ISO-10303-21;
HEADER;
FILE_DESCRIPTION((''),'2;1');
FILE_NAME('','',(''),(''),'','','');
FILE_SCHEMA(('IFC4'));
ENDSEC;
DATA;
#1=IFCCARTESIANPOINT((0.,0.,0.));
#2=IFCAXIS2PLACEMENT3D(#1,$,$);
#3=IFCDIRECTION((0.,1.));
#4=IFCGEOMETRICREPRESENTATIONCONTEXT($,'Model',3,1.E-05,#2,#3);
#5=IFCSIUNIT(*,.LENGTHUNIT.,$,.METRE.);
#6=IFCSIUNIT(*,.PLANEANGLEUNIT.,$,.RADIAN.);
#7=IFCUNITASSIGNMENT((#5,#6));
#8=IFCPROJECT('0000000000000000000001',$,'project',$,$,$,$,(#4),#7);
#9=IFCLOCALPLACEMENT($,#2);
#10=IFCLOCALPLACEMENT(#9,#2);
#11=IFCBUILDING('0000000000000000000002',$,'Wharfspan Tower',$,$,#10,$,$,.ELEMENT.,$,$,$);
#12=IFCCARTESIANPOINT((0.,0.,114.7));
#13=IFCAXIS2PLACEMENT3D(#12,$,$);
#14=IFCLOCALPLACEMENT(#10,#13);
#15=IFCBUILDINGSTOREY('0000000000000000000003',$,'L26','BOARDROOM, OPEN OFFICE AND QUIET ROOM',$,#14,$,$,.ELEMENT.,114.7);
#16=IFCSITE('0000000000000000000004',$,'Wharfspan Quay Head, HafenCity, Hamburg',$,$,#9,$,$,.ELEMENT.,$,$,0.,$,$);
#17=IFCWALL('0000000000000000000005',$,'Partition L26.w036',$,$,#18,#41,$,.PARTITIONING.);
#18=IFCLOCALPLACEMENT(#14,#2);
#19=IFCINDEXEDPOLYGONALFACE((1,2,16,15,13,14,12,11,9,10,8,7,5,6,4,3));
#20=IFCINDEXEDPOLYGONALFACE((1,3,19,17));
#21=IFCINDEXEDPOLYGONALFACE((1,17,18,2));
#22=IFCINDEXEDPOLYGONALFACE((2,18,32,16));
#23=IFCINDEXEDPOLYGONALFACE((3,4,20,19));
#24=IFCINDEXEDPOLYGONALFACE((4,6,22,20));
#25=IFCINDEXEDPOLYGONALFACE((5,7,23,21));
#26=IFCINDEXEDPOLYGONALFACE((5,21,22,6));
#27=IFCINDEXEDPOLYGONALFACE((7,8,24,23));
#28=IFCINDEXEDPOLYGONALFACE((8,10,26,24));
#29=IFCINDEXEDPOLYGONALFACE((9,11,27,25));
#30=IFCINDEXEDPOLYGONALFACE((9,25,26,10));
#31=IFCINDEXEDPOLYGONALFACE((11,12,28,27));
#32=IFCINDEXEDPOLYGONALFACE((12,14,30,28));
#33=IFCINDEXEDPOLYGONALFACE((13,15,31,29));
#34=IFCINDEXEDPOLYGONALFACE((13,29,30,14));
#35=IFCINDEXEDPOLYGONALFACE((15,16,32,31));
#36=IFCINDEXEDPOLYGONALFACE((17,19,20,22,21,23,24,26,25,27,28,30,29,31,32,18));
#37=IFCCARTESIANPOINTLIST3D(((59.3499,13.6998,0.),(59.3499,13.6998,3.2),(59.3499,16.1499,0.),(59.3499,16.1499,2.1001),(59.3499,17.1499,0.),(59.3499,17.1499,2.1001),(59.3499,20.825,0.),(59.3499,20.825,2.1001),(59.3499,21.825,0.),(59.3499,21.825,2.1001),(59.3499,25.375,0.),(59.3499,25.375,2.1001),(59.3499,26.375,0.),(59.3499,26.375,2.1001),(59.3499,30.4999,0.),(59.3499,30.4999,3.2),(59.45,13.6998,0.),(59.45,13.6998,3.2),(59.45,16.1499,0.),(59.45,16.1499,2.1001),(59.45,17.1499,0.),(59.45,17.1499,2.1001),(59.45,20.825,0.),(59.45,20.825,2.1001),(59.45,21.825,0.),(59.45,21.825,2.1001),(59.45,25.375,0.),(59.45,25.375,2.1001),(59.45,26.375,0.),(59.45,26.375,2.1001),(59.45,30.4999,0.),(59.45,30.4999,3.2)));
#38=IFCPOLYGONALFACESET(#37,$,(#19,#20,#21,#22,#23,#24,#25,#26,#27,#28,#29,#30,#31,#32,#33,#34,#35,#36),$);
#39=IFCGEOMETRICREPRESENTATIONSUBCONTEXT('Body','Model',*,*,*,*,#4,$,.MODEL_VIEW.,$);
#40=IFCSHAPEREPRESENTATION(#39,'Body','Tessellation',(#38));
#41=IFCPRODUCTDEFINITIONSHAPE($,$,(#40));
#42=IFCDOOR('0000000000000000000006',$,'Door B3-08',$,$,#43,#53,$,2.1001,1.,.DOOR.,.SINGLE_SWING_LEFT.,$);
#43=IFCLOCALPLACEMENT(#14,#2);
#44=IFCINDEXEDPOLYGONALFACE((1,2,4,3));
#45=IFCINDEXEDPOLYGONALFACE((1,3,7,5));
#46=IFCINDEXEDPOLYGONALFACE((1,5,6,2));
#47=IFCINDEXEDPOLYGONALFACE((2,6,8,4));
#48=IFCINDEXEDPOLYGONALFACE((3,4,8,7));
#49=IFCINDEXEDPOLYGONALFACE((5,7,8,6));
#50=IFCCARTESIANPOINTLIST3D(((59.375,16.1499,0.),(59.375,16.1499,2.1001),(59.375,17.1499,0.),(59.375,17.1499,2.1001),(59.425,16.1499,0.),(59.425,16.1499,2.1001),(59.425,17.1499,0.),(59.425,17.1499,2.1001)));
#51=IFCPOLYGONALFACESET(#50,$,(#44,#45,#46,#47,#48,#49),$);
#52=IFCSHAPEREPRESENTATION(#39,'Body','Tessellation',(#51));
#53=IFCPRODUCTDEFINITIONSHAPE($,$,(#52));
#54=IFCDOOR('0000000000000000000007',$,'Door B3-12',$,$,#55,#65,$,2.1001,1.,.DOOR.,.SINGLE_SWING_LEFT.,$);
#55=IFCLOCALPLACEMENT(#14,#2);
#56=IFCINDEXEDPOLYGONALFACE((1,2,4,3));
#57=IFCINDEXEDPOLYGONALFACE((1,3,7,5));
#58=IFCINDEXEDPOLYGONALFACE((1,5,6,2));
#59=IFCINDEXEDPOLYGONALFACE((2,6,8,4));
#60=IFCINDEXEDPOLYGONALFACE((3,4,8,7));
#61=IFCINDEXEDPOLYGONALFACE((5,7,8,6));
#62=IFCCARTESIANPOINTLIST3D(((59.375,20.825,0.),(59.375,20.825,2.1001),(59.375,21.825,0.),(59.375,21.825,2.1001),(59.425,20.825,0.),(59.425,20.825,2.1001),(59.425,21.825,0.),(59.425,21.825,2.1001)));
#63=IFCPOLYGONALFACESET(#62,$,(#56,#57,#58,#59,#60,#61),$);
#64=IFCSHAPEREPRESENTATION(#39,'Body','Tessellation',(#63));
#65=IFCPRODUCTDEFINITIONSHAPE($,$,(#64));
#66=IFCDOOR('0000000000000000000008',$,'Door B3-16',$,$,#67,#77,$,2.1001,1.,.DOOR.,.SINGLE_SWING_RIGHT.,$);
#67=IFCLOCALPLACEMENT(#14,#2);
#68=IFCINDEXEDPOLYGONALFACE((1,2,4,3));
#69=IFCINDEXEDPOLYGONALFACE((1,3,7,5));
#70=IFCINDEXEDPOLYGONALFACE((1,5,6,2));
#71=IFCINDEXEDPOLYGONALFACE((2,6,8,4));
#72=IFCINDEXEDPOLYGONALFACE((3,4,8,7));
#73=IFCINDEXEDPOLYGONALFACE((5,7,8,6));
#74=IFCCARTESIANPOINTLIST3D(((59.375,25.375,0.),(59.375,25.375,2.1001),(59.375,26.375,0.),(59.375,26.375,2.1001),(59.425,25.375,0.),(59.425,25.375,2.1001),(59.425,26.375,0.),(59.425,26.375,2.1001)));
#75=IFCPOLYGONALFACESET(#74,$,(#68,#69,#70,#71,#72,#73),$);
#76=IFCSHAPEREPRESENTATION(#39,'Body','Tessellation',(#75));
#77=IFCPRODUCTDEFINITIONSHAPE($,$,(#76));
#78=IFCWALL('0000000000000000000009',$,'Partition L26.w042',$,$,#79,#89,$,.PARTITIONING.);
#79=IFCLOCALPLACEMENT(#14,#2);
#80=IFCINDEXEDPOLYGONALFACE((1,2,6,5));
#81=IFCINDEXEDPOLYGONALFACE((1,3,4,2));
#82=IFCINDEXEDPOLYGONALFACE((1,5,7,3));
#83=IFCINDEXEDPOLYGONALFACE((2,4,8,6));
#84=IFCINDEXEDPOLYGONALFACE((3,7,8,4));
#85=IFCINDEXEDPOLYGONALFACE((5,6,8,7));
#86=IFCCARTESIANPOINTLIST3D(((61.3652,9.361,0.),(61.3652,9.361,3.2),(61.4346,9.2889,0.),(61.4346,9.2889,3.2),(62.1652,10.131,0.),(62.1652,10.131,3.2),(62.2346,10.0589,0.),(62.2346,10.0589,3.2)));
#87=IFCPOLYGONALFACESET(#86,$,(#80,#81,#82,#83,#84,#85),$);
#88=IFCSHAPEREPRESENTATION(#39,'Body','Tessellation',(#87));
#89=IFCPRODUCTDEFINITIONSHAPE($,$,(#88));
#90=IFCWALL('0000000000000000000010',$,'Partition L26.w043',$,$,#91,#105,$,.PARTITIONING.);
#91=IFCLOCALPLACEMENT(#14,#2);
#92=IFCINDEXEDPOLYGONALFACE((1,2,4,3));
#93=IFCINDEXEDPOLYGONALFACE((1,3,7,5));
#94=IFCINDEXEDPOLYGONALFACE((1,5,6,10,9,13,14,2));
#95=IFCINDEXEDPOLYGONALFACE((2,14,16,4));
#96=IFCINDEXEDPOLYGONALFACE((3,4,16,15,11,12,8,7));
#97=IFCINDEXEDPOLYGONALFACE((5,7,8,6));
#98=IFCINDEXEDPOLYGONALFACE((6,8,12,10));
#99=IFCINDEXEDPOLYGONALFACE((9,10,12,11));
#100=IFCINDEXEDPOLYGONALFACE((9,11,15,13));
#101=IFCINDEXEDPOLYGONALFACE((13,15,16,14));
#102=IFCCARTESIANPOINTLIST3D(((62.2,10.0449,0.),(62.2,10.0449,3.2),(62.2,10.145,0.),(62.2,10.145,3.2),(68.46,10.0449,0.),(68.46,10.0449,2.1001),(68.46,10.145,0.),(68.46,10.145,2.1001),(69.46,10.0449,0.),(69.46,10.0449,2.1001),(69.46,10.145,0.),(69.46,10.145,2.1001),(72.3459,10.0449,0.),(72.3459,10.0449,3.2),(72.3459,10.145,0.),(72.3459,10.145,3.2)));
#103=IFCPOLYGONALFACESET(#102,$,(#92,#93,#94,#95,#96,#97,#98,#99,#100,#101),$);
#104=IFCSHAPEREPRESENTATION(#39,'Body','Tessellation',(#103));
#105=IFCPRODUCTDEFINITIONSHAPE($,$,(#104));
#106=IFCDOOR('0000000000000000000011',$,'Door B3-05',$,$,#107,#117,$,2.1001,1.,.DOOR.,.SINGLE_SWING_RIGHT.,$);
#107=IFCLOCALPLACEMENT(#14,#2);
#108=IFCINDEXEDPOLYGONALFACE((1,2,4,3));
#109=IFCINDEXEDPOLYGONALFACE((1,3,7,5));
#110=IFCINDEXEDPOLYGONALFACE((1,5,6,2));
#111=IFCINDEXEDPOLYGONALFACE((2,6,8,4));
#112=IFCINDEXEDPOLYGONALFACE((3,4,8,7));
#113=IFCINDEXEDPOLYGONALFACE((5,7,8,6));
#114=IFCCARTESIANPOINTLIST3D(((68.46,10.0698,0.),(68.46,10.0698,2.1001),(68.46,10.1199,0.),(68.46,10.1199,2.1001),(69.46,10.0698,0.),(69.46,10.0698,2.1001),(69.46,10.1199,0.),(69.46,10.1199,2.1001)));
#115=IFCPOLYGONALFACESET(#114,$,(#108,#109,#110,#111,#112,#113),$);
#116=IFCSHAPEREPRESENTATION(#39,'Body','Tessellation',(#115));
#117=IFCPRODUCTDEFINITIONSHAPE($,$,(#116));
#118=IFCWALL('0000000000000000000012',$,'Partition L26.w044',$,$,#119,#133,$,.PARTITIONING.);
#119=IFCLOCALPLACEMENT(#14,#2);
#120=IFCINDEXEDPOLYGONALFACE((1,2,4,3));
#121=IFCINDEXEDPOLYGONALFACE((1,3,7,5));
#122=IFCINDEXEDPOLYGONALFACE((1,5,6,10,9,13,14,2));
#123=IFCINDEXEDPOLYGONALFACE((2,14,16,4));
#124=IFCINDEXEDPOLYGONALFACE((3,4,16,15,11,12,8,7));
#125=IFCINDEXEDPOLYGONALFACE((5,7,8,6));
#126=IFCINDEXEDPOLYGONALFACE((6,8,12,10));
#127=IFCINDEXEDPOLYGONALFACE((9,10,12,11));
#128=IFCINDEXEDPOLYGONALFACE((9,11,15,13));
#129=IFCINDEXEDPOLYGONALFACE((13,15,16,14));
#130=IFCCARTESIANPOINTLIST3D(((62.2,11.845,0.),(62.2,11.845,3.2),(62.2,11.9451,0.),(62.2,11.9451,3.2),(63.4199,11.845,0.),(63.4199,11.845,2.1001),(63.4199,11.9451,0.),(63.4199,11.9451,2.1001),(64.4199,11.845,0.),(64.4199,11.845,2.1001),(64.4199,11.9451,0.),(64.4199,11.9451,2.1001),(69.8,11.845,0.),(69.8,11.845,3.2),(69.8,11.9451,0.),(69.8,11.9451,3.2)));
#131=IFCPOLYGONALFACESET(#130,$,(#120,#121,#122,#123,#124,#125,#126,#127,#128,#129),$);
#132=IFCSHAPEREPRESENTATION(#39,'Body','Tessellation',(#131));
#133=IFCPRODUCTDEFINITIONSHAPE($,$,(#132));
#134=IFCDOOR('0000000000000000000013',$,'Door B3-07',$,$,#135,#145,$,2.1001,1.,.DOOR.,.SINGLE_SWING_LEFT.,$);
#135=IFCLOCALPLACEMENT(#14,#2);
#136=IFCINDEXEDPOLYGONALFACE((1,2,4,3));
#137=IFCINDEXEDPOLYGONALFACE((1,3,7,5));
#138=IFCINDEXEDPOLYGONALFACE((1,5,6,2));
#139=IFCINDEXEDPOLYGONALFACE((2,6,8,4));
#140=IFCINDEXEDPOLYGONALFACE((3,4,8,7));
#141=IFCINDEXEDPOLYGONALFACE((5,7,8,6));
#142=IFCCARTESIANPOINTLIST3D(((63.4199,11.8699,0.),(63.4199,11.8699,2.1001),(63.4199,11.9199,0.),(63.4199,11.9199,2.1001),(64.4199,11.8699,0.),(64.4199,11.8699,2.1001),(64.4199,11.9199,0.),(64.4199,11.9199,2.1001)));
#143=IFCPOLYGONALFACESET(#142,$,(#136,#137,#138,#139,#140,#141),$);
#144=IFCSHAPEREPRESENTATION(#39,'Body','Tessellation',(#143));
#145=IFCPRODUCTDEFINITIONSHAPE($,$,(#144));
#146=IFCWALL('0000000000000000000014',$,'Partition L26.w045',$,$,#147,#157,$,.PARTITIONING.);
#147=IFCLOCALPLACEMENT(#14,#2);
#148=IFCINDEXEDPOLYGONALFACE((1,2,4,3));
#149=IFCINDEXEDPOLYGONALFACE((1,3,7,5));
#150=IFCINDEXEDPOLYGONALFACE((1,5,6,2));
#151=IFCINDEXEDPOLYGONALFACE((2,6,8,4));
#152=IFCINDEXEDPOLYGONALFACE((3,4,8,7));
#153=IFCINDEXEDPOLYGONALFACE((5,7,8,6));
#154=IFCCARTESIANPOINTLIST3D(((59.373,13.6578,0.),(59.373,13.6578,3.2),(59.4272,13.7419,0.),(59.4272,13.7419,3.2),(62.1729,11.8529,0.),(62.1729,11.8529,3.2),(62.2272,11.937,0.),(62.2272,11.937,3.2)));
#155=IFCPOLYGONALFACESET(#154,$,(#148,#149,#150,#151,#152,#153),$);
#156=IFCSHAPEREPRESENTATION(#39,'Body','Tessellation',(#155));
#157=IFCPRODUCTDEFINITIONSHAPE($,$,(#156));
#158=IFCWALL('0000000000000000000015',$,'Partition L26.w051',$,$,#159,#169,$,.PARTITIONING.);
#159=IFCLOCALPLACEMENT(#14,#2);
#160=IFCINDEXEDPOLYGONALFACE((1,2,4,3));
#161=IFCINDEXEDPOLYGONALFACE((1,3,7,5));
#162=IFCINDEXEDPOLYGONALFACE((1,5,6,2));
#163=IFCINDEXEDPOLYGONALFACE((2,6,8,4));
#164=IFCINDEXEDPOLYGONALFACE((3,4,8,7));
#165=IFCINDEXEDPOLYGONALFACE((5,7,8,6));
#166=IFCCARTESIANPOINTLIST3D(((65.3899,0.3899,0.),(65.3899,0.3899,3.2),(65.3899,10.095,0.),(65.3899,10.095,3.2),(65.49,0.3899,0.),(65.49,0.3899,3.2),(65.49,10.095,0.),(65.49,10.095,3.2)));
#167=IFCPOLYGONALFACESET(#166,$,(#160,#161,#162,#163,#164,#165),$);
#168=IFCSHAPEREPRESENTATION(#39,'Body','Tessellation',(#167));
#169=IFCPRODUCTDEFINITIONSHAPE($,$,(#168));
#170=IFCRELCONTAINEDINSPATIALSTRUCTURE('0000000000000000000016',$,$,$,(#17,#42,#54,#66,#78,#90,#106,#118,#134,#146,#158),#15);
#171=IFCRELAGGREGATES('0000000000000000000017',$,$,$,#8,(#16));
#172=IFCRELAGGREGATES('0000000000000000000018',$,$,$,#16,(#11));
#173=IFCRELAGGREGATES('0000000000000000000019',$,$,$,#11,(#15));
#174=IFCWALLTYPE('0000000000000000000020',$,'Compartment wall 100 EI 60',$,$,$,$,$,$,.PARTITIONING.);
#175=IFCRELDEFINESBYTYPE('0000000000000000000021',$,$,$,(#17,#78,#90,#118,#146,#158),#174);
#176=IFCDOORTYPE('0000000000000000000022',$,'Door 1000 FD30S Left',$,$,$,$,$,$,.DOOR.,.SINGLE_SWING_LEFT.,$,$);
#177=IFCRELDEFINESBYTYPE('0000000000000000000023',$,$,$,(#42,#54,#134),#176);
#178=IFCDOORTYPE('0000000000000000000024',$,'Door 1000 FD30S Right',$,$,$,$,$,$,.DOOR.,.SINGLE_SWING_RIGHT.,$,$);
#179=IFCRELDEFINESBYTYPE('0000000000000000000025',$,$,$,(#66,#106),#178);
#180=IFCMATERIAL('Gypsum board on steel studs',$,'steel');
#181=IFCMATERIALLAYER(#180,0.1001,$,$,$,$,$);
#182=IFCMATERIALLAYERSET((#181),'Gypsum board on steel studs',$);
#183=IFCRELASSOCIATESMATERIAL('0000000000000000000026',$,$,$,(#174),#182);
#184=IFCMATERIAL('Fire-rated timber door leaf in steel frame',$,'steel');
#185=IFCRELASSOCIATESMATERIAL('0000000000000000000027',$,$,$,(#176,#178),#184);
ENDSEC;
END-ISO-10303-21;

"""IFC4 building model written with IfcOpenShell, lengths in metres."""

from ifc_helpers import new_model, si_unit, direction, frame, frame_2d, origin, place, context, subcontext, project, spatial, rectangle, extrude, material, layer, layer_set, type_object, element, fill, save


model = new_model("IFC4")

# Units and contexts
model_context = context("Model", 3, precision=1e-05, world=origin(), true_north=direction((0.0, 1.0)))
body_context = subcontext(model_context, "Body", "Model", "MODEL_VIEW")
ifc_project = project(units=[si_unit("LENGTHUNIT", "METRE"), si_unit("PLANEANGLEUNIT", "RADIAN")], contexts=[model_context])

# Site, building, storey
site_placement = place(None, origin())
site = spatial("IfcSite", under=ifc_project, at=site_placement, Name="Wharfspan Quay Head, HafenCity, Hamburg", CompositionType="ELEMENT", RefElevation=0.0)
building_placement = place(site_placement, origin())
building = spatial("IfcBuilding", under=site, at=building_placement, Name="Wharfspan Tower", CompositionType="ELEMENT")
storey_placement = place(building_placement, frame((0.0, 0.0, 114.7)))
storey = spatial("IfcBuildingStorey", under=building, at=storey_placement, Name="L26", Description="BOARDROOM, OPEN OFFICE AND QUIET ROOM", CompositionType="ELEMENT", Elevation=114.7)

# Wall, openings, doors
ifc_material_1 = material(Name="Gypsum board on steel studs", Category="steel")
ifc_layer_1 = layer(ifc_material_1, 0.1001)
ifc_layer_set_1 = layer_set([ifc_layer_1], Name="Gypsum board on steel studs")
wall_type_1 = type_object("IfcWallType", Name="Compartment wall 100 EI 60", PredefinedType="PARTITIONING", material=ifc_layer_set_1)
wall_1_placement = place(storey_placement, frame((59.3999, 13.7, 0.0), z_axis=(0.0, 0.0, 1.0), x_axis=(0.0, 1.0, 0.0)))
wall_1 = element("IfcWall", 1, at=wall_1_placement, inside=storey, type_object=wall_type_1, Name="Partition L26.w036", PredefinedType="PARTITIONING", context=body_context, shape_type="SweptSolid", body=[
    extrude(rectangle(XDim=16.8, YDim=0.1001, at=frame_2d((8.3999, 0.0))), origin(), (0.0, 0.0, 1.0), 3.2),
])
opening_1_placement = place(wall_1_placement, frame((2.45, 0.0, 0.0)))
opening_1 = element("IfcOpeningElement", 2, at=opening_1_placement, cuts=wall_1, PredefinedType="OPENING", context=body_context, shape_type="SweptSolid", body=[
    extrude(rectangle(XDim=1.0, YDim=2.1001, at=frame_2d((0.5, 1.05))), frame((0.0, 0.0601, 0.0), z_axis=(0.0, -1.0, 0.0), x_axis=(1.0, 0.0, 0.0)), (0.0, 0.0, 1.0), 0.1201),
])
opening_2_placement = place(wall_1_placement, frame((7.125, 0.0, 0.0)))
opening_2 = element("IfcOpeningElement", 3, at=opening_2_placement, cuts=wall_1, PredefinedType="OPENING", context=body_context, shape_type="SweptSolid", body=[
    extrude(rectangle(XDim=1.0, YDim=2.1001, at=frame_2d((0.5, 1.05))), frame((0.0, 0.0601, 0.0), z_axis=(0.0, -1.0, 0.0), x_axis=(1.0, 0.0, 0.0)), (0.0, 0.0, 1.0), 0.1201),
])
opening_3_placement = place(wall_1_placement, frame((11.675, 0.0, 0.0)))
opening_3 = element("IfcOpeningElement", 4, at=opening_3_placement, cuts=wall_1, PredefinedType="OPENING", context=body_context, shape_type="SweptSolid", body=[
    extrude(rectangle(XDim=1.0, YDim=2.1001, at=frame_2d((0.5, 1.05))), frame((0.0, 0.0601, 0.0), z_axis=(0.0, -1.0, 0.0), x_axis=(1.0, 0.0, 0.0)), (0.0, 0.0, 1.0), 0.1201),
])
ifc_material_2 = material(Name="Fire-rated timber door leaf in steel frame", Category="steel")
door_type_1 = type_object("IfcDoorType", Name="Door 1000 FD30S Left", OperationType="SINGLE_SWING_LEFT", PredefinedType="DOOR", material=ifc_material_2)
door_1_placement = place(opening_1_placement, origin())
door_1 = element("IfcDoor", 5, at=door_1_placement, inside=storey, type_object=door_type_1, Name="Door B3-08", OperationType="SINGLE_SWING_LEFT", OverallHeight=2.1001, OverallWidth=1.0, PredefinedType="DOOR", context=body_context, shape_type="SweptSolid", body=[
    extrude(rectangle(XDim=1.0, YDim=2.1001, at=frame_2d((0.5, 1.05))), frame((0.0, 0.0249, 0.0), z_axis=(0.0, -1.0, 0.0), x_axis=(1.0, 0.0, 0.0)), (0.0, 0.0, 1.0), 0.05),
])
fill(opening_1, door_1)
door_2_placement = place(opening_2_placement, origin())
door_2 = element("IfcDoor", 6, at=door_2_placement, inside=storey, type_object=door_type_1, Name="Door B3-12", OperationType="SINGLE_SWING_LEFT", OverallHeight=2.1001, OverallWidth=1.0, PredefinedType="DOOR", context=body_context, shape_type="SweptSolid", body=[
    extrude(rectangle(XDim=1.0, YDim=2.1001, at=frame_2d((0.5, 1.05))), frame((0.0, 0.0249, 0.0), z_axis=(0.0, -1.0, 0.0), x_axis=(1.0, 0.0, 0.0)), (0.0, 0.0, 1.0), 0.05),
])
fill(opening_2, door_2)
door_type_2 = type_object("IfcDoorType", Name="Door 1000 FD30S Right", OperationType="SINGLE_SWING_RIGHT", PredefinedType="DOOR", material=ifc_material_2)
door_3_placement = place(opening_3_placement, origin())
door_3 = element("IfcDoor", 7, at=door_3_placement, inside=storey, type_object=door_type_2, Name="Door B3-16", OperationType="SINGLE_SWING_RIGHT", OverallHeight=2.1001, OverallWidth=1.0, PredefinedType="DOOR", context=body_context, shape_type="SweptSolid", body=[
    extrude(rectangle(XDim=1.0, YDim=2.1001, at=frame_2d((0.5, 1.05))), frame((0.0, 0.0249, 0.0), z_axis=(0.0, -1.0, 0.0), x_axis=(1.0, 0.0, 0.0)), (0.0, 0.0, 1.0), 0.05),
])
fill(opening_3, door_3)

# Wall
wall_2_placement = place(storey_placement, frame((61.3999, 9.325, 0.0), z_axis=(0.0, 0.0, 1.0), x_axis=(0.720495, 0.693452, 0.0)))
element("IfcWall", 8, at=wall_2_placement, inside=storey, type_object=wall_type_1, Name="Partition L26.w042", PredefinedType="PARTITIONING", context=body_context, shape_type="SweptSolid", body=[
    extrude(rectangle(XDim=1.1104, YDim=0.1001, at=frame_2d((0.5552, 0.0))), origin(), (0.0, 0.0, 1.0), 3.2),
])

# Walls, openings, doors
wall_3_placement = place(storey_placement, frame((62.2, 10.095, 0.0), z_axis=(0.0, 0.0, 1.0), x_axis=(1.0, 0.0, 0.0)))
wall_3 = element("IfcWall", 9, at=wall_3_placement, inside=storey, type_object=wall_type_1, Name="Partition L26.w043", PredefinedType="PARTITIONING", context=body_context, shape_type="SweptSolid", body=[
    extrude(rectangle(XDim=10.146, YDim=0.1001, at=frame_2d((5.073, 0.0))), origin(), (0.0, 0.0, 1.0), 3.2),
])
opening_4_placement = place(wall_3_placement, frame((6.26, 0.0, 0.0)))
opening_4 = element("IfcOpeningElement", 10, at=opening_4_placement, cuts=wall_3, PredefinedType="OPENING", context=body_context, shape_type="SweptSolid", body=[
    extrude(rectangle(XDim=1.0, YDim=2.1001, at=frame_2d((0.5, 1.05))), frame((0.0, 0.0601, 0.0), z_axis=(0.0, -1.0, 0.0), x_axis=(1.0, 0.0, 0.0)), (0.0, 0.0, 1.0), 0.1201),
])
door_4_placement = place(opening_4_placement, origin())
door_4 = element("IfcDoor", 11, at=door_4_placement, inside=storey, type_object=door_type_2, Name="Door B3-05", OperationType="SINGLE_SWING_RIGHT", OverallHeight=2.1001, OverallWidth=1.0, PredefinedType="DOOR", context=body_context, shape_type="SweptSolid", body=[
    extrude(rectangle(XDim=1.0, YDim=2.1001, at=frame_2d((0.5, 1.05))), frame((0.0, 0.0249, 0.0), z_axis=(0.0, -1.0, 0.0), x_axis=(1.0, 0.0, 0.0)), (0.0, 0.0, 1.0), 0.05),
])
fill(opening_4, door_4)
wall_4_placement = place(storey_placement, frame((62.2, 11.895, 0.0), z_axis=(0.0, 0.0, 1.0), x_axis=(1.0, 0.0, 0.0)))
wall_4 = element("IfcWall", 12, at=wall_4_placement, inside=storey, type_object=wall_type_1, Name="Partition L26.w044", PredefinedType="PARTITIONING", context=body_context, shape_type="SweptSolid", body=[
    extrude(rectangle(XDim=7.6001, YDim=0.1001, at=frame_2d((3.8, 0.0))), origin(), (0.0, 0.0, 1.0), 3.2),
])
opening_5_placement = place(wall_4_placement, frame((1.22, 0.0, 0.0)))
opening_5 = element("IfcOpeningElement", 13, at=opening_5_placement, cuts=wall_4, PredefinedType="OPENING", context=body_context, shape_type="SweptSolid", body=[
    extrude(rectangle(XDim=1.0, YDim=2.1001, at=frame_2d((0.5, 1.05))), frame((0.0, 0.0601, 0.0), z_axis=(0.0, -1.0, 0.0), x_axis=(1.0, 0.0, 0.0)), (0.0, 0.0, 1.0), 0.1201),
])
door_5_placement = place(opening_5_placement, origin())
door_5 = element("IfcDoor", 14, at=door_5_placement, inside=storey, type_object=door_type_1, Name="Door B3-07", OperationType="SINGLE_SWING_LEFT", OverallHeight=2.1001, OverallWidth=1.0, PredefinedType="DOOR", context=body_context, shape_type="SweptSolid", body=[
    extrude(rectangle(XDim=1.0, YDim=2.1001, at=frame_2d((0.5, 1.05))), frame((0.0, 0.0249, 0.0), z_axis=(0.0, -1.0, 0.0), x_axis=(1.0, 0.0, 0.0)), (0.0, 0.0, 1.0), 0.05),
])
fill(opening_5, door_5)

# Walls
wall_5_placement = place(storey_placement, frame((62.2, 11.895, 0.0), z_axis=(0.0, 0.0, 1.0), x_axis=(-0.840512, 0.5418, 0.0)))
element("IfcWall", 15, at=wall_5_placement, inside=storey, type_object=wall_type_1, Name="Partition L26.w045", PredefinedType="PARTITIONING", context=body_context, shape_type="SweptSolid", body=[
    extrude(rectangle(XDim=3.3313, YDim=0.1001, at=frame_2d((1.6655, 0.0))), origin(), (0.0, 0.0, 1.0), 3.2),
])
wall_6_placement = place(storey_placement, frame((65.4399, 0.3899, 0.0), z_axis=(0.0, 0.0, 1.0), x_axis=(0.0, 1.0, 0.0)))
element("IfcWall", 16, at=wall_6_placement, inside=storey, type_object=wall_type_1, Name="Partition L26.w051", PredefinedType="PARTITIONING", context=body_context, shape_type="SweptSolid", body=[
    extrude(rectangle(XDim=9.7051, YDim=0.1001, at=frame_2d((4.8525, 0.0))), origin(), (0.0, 0.0, 1.0), 3.2),
])

save(model, "model.ifc")
